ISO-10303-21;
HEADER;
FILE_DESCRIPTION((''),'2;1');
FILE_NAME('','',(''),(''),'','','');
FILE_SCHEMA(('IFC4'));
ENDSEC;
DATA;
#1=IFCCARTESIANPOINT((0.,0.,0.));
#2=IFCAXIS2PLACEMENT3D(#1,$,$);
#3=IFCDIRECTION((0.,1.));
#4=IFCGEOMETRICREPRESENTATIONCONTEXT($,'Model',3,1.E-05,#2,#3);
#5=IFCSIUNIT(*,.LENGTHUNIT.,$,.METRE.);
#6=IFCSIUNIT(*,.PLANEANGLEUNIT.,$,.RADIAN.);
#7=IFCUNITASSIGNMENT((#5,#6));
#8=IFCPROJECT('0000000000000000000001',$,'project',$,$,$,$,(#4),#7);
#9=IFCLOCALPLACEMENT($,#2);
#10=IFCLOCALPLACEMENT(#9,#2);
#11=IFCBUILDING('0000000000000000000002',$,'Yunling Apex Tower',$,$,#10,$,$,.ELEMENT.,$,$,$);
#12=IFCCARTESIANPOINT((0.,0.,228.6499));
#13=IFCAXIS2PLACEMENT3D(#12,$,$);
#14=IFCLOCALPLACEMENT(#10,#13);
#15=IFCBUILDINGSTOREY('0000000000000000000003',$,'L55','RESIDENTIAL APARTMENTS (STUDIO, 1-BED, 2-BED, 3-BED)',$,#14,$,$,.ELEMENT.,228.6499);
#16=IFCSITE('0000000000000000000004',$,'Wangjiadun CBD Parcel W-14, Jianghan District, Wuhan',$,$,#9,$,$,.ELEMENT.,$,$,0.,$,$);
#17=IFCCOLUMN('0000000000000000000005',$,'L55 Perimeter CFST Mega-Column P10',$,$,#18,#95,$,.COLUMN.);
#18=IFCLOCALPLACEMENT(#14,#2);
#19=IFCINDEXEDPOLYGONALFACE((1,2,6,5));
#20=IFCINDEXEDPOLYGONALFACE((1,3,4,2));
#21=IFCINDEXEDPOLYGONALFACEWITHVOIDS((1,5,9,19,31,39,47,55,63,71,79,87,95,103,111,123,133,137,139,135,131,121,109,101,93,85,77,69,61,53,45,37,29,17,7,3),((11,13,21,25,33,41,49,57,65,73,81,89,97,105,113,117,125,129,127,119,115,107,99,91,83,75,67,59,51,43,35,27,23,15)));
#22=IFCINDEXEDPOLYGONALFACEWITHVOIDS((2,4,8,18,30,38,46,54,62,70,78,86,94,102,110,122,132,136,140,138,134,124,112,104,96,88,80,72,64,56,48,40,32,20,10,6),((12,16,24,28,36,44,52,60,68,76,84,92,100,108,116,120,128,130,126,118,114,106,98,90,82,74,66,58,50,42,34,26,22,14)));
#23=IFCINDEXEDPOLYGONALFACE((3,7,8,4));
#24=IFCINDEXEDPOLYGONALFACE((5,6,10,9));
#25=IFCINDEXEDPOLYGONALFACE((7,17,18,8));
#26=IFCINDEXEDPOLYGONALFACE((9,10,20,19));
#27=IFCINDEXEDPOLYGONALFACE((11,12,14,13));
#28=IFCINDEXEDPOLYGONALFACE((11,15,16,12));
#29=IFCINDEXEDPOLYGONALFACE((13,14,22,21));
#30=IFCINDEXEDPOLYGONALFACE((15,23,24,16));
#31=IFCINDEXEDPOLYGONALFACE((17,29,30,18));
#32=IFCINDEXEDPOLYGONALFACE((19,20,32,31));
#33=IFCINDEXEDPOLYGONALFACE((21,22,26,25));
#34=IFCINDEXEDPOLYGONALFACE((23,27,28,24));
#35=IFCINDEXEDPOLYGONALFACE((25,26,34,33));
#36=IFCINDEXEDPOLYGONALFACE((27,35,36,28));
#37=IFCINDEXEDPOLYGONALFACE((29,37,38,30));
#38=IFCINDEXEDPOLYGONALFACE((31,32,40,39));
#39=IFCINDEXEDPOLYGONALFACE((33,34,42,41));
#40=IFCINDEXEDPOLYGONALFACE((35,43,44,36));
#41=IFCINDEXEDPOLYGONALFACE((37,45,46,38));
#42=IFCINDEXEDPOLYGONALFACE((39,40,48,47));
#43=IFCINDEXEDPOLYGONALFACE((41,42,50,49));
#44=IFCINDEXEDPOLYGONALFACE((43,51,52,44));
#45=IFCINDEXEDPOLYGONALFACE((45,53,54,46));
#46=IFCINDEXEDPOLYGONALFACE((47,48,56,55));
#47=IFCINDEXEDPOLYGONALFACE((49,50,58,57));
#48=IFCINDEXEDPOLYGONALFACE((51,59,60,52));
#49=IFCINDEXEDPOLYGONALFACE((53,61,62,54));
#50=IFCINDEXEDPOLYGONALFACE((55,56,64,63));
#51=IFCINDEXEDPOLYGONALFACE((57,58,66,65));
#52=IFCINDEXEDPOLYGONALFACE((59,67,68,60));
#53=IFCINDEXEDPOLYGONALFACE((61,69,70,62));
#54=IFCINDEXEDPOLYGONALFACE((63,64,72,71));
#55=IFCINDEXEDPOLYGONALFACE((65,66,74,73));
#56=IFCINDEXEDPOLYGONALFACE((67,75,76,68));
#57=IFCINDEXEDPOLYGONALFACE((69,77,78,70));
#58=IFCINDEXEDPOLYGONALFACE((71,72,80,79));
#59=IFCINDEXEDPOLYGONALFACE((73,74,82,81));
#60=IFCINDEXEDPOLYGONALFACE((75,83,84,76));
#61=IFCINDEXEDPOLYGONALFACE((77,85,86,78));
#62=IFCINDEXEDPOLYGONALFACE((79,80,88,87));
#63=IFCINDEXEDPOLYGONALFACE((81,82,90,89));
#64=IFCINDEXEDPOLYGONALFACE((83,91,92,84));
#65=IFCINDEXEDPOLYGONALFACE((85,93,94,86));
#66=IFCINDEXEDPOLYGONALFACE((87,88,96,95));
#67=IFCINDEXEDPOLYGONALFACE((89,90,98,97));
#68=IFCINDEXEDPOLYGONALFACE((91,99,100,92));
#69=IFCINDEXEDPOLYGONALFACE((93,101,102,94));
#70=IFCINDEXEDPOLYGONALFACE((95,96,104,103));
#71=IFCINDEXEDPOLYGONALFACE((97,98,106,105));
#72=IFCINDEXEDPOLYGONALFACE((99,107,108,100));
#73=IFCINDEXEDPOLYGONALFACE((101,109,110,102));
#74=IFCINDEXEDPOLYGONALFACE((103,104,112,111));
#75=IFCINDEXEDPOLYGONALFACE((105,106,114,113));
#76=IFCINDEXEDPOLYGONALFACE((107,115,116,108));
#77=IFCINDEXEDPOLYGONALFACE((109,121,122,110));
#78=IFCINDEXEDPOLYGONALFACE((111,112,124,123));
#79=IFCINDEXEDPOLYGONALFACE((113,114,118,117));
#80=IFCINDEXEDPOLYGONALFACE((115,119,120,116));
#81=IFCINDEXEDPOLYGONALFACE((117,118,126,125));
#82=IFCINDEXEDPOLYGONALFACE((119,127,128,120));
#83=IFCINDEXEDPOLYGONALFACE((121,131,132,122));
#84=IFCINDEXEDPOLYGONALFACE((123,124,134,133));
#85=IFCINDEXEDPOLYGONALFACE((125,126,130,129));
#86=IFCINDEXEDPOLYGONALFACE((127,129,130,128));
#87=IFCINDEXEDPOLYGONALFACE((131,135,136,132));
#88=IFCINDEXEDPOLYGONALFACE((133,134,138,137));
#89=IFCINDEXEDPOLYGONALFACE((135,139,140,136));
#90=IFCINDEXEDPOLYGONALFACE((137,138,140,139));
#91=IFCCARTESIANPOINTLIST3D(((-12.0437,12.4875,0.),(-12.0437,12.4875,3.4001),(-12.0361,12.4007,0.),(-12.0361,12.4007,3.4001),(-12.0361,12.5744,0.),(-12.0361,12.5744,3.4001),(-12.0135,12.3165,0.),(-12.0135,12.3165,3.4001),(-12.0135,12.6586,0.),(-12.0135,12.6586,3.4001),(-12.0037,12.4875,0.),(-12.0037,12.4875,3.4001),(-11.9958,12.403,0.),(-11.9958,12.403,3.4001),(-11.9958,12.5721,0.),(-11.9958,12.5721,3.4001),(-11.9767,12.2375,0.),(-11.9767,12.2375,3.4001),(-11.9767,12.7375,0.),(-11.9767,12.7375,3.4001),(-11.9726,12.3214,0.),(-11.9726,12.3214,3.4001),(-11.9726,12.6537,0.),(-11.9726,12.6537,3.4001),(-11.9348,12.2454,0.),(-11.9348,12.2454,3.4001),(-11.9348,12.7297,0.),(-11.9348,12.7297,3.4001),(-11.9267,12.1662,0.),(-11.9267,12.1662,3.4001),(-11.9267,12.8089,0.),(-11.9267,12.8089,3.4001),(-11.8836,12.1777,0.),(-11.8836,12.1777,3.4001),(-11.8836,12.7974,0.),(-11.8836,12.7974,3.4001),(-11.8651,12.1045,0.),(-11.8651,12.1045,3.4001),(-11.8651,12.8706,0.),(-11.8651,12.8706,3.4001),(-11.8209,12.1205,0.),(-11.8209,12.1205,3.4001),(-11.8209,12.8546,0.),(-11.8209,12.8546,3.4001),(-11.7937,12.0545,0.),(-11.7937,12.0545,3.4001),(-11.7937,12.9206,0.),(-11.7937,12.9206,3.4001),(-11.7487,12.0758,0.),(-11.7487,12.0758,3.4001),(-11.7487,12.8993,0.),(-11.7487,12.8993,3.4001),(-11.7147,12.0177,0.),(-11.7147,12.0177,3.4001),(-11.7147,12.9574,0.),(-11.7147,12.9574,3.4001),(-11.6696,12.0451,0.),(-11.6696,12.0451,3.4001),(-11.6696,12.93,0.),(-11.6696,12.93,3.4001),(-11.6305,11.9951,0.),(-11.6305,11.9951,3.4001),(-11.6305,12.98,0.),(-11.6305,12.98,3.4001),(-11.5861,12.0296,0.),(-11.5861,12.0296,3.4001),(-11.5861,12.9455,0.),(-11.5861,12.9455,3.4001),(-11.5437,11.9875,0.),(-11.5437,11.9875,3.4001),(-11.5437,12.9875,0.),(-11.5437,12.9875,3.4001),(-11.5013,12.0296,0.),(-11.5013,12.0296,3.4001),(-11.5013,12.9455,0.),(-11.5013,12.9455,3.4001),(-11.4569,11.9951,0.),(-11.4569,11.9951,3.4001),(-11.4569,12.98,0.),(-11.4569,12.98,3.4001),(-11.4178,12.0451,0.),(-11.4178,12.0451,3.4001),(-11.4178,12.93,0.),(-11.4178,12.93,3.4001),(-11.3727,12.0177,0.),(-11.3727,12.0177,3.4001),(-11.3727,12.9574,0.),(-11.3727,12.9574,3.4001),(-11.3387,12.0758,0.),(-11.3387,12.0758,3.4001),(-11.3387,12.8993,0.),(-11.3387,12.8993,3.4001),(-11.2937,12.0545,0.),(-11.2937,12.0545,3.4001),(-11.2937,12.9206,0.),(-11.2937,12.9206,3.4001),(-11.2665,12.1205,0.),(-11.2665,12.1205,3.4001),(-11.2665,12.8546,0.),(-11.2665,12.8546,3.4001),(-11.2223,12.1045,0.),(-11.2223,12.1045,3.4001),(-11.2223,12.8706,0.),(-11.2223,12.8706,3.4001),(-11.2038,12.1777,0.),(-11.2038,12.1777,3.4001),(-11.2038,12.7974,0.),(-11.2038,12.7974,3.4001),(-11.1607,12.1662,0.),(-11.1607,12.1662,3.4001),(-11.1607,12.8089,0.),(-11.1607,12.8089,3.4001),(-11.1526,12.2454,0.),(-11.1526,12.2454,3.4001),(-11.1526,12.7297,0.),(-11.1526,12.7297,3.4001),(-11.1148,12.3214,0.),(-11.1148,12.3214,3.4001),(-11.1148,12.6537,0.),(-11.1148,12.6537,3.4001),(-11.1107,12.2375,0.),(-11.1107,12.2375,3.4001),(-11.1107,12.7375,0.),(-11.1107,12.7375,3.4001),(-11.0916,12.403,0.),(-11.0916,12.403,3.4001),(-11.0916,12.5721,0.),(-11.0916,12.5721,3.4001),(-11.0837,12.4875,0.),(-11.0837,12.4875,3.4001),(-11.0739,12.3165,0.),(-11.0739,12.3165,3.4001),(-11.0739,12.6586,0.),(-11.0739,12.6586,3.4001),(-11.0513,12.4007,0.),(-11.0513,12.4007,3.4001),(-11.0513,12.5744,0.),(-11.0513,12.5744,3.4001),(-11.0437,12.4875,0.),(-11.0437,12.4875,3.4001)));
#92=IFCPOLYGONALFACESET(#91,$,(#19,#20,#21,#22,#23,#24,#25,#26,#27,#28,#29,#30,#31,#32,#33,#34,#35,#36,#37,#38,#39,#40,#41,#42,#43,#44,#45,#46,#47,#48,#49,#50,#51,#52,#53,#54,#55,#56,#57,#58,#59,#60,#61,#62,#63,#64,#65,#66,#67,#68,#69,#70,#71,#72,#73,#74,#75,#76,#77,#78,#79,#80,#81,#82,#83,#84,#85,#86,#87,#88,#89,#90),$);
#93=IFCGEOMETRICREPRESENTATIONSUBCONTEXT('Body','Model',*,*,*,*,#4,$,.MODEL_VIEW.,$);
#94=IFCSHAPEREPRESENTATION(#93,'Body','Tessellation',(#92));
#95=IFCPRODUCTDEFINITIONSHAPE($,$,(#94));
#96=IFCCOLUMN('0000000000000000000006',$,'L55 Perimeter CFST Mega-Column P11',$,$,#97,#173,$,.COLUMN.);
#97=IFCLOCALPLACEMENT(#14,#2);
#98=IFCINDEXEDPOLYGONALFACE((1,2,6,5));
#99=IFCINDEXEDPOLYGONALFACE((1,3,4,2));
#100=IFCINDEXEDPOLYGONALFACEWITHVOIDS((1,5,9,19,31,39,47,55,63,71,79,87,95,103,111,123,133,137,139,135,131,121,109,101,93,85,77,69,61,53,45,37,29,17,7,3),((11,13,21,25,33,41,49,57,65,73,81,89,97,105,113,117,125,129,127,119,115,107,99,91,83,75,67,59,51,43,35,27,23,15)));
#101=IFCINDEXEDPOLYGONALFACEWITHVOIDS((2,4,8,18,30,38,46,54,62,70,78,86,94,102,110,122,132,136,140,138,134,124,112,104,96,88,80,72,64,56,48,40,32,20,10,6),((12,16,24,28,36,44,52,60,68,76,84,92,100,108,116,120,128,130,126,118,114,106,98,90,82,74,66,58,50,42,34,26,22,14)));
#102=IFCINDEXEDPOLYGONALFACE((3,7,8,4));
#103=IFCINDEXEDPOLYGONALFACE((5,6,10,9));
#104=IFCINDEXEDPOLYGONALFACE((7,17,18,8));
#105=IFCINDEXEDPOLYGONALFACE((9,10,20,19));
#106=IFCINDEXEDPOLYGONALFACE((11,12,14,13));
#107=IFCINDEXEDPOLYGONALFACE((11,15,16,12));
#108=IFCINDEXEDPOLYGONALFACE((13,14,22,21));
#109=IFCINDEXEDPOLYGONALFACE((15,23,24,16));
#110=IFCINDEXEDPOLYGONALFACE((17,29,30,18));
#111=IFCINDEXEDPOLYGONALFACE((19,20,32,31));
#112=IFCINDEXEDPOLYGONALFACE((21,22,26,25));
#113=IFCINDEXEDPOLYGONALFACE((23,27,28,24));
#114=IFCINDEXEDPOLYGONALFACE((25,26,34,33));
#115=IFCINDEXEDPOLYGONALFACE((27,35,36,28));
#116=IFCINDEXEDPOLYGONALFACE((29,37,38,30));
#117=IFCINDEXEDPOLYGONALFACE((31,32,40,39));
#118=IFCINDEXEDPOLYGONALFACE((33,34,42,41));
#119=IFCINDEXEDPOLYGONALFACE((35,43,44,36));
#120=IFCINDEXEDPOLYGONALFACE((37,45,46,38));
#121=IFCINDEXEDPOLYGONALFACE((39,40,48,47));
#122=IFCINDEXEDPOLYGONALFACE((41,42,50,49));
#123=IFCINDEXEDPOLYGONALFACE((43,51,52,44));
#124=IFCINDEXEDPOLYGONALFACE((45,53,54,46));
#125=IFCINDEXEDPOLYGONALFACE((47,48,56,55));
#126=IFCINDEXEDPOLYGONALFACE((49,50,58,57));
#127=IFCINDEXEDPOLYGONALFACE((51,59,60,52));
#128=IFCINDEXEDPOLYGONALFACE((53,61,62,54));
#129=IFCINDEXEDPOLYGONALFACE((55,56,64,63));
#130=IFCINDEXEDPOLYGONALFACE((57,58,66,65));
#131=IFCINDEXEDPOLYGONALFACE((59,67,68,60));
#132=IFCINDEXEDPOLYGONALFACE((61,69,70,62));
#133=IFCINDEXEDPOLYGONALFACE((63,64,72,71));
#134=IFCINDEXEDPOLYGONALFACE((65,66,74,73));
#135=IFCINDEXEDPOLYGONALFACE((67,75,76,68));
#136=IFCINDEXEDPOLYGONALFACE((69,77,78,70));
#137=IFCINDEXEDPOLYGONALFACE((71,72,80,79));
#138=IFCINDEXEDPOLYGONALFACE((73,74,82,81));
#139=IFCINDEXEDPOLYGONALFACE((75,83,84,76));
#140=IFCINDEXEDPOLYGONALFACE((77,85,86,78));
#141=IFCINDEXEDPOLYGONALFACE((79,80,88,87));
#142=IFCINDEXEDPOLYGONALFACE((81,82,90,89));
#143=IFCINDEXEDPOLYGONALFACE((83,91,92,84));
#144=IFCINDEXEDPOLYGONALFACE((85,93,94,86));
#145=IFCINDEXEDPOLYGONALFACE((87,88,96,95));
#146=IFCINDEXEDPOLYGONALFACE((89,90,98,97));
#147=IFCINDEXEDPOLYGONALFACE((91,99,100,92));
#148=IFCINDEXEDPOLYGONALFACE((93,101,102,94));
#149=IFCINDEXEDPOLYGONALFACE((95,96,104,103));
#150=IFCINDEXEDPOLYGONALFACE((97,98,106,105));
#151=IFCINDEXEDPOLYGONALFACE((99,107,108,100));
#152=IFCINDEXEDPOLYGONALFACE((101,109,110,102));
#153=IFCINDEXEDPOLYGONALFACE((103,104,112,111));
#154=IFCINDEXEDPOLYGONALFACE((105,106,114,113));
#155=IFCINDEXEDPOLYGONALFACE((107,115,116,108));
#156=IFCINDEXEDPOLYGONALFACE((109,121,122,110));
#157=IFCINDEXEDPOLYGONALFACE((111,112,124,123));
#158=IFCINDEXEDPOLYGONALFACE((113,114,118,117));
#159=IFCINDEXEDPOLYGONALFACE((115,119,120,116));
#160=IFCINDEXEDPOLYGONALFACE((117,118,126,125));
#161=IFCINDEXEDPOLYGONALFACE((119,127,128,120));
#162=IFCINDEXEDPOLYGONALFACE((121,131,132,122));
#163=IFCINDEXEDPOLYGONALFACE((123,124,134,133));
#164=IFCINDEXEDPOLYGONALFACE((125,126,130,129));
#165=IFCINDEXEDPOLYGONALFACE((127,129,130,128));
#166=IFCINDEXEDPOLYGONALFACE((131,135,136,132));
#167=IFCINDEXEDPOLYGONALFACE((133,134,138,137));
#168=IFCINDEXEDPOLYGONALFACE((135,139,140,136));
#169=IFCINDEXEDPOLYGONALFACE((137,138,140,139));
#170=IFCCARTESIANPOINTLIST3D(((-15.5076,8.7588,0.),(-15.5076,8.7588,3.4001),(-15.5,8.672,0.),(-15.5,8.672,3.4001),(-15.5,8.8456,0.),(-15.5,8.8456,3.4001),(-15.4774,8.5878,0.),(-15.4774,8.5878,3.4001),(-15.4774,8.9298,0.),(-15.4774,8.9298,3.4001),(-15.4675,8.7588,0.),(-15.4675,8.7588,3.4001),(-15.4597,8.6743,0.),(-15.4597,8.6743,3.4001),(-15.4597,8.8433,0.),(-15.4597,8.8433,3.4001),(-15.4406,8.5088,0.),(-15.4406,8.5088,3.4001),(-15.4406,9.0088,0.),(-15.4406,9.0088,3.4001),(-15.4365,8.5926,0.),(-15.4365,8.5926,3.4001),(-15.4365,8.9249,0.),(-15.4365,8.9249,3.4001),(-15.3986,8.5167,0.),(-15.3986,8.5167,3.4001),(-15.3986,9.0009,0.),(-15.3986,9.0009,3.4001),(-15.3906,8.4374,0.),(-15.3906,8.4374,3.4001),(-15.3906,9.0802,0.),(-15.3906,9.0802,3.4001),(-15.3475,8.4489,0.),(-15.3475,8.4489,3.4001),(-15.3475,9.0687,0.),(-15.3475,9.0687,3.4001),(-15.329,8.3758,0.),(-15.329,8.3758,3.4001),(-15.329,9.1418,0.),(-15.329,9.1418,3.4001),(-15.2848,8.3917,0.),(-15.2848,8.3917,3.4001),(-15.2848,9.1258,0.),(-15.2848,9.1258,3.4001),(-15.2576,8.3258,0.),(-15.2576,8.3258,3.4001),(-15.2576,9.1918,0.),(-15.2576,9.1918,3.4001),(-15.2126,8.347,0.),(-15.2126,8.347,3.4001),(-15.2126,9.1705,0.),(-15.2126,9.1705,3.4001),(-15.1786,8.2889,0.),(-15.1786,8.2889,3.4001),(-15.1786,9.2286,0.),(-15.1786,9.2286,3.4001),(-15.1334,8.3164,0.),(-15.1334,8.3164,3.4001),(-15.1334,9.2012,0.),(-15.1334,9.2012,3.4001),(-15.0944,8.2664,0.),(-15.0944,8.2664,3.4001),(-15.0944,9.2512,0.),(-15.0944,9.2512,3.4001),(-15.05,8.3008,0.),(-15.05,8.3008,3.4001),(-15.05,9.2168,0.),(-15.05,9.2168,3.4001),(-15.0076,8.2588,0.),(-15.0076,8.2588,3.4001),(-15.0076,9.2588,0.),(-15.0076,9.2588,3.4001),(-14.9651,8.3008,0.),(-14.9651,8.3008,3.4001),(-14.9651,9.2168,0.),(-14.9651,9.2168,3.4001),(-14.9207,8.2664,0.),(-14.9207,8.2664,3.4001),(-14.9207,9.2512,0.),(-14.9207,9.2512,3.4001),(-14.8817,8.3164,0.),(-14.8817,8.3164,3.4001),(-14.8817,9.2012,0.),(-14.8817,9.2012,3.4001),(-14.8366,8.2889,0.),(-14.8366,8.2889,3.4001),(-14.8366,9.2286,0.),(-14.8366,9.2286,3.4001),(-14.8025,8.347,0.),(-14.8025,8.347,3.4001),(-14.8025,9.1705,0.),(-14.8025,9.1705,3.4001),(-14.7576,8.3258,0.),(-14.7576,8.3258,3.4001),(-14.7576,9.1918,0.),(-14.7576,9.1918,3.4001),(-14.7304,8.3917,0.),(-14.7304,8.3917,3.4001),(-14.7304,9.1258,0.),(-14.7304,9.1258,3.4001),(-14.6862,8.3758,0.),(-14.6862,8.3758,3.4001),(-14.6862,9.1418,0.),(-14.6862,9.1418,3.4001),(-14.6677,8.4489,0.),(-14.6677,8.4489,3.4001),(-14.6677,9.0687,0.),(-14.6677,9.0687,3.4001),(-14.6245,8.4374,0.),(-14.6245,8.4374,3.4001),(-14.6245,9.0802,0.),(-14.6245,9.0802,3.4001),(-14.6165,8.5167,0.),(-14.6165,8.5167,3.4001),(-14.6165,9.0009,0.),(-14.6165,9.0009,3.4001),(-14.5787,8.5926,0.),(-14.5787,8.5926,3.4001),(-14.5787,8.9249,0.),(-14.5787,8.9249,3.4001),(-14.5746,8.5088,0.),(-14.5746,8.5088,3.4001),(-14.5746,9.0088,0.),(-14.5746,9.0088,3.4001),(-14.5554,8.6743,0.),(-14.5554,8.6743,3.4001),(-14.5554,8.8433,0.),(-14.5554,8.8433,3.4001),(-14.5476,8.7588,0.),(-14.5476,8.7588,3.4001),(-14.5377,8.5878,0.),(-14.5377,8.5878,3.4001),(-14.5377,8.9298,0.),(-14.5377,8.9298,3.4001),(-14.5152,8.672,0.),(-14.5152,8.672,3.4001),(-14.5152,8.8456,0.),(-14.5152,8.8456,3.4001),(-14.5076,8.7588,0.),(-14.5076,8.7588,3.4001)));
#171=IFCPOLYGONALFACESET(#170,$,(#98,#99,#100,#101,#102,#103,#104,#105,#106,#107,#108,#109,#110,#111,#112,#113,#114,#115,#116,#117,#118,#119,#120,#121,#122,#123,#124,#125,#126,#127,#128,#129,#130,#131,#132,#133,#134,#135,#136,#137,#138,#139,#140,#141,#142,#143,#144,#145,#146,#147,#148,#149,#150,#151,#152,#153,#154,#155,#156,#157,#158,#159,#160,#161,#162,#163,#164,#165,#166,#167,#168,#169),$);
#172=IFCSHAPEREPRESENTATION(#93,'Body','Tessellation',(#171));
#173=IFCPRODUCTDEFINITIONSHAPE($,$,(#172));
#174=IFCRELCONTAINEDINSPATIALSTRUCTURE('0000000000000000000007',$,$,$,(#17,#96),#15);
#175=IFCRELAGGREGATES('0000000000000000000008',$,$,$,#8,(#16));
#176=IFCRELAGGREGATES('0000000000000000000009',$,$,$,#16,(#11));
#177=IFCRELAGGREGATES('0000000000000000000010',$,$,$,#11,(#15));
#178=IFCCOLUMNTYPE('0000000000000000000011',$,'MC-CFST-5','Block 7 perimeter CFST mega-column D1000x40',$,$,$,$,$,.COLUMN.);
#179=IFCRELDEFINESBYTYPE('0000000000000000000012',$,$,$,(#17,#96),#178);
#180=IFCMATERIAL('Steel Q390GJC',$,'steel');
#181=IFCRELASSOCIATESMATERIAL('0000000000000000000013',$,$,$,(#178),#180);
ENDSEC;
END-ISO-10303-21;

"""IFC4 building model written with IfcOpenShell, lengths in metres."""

from ifc_helpers import new_model, si_unit, direction, frame, origin, origin_2d, place, context, subcontext, project, spatial, hollow_circle, extrude, source, transform, mapped, material, material_profile, profile_set, type_object, element, save


model = new_model("IFC4")

# Units and contexts
model_context = context("Model", 3, precision=1e-05, world=origin(), true_north=direction((0.0, 1.0)))
body_context = subcontext(model_context, "Body", "Model", "MODEL_VIEW")
ifc_project = project(units=[si_unit("LENGTHUNIT", "METRE"), si_unit("PLANEANGLEUNIT", "RADIAN")], contexts=[model_context])

# Site, building, storey
site_placement = place(None, origin())
site = spatial("IfcSite", under=ifc_project, at=site_placement, Name="Wangjiadun CBD Parcel W-14, Jianghan District, Wuhan", CompositionType="ELEMENT", RefElevation=0.0)
building_placement = place(site_placement, origin())
building = spatial("IfcBuilding", under=site, at=building_placement, Name="Yunling Apex Tower", CompositionType="ELEMENT")
storey_placement = place(building_placement, frame((0.0, 0.0, 228.6499)))
storey = spatial("IfcBuildingStorey", under=building, at=storey_placement, Name="L55", Description="RESIDENTIAL APARTMENTS (STUDIO, 1-BED, 2-BED, 3-BED)", CompositionType="ELEMENT", Elevation=228.6499)

# Columns
ifc_material_1 = material(Name="Steel Q390GJC", Category="steel")
ifc_material_profile_1 = material_profile(ifc_material_1, hollow_circle(Radius=0.5, WallThickness=0.04, at=origin_2d()))
ifc_profile_set_1 = profile_set([ifc_material_profile_1], Name="Steel Q390GJC")
column_type = type_object("IfcColumnType", Name="MC-CFST-5", Description="Block 7 perimeter CFST mega-column D1000x40", PredefinedType="COLUMN", material=ifc_profile_set_1)
shared_shape_1 = source(origin(), body_context, "Body", "SweptSolid", [
    extrude(hollow_circle(Radius=0.5, WallThickness=0.04, at=origin_2d()), origin(), (0.0, 0.0, 1.0), 3.4001),
])
for number, where, z_axis, x_axis, name in (
    (1, (-11.5437, 12.4875, 0.0), (0.0, 0.0, 1.0), (1.0, 0.0, 0.0), "L55 Perimeter CFST Mega-Column P10"),
    (2, (-15.0076, 8.7588, 0.0), (0.0, 0.0, 1.0), (1.0, 0.0, 0.0), "L55 Perimeter CFST Mega-Column P11"),
):
    element("IfcColumn", number, at=place(storey_placement, frame(where, z_axis=z_axis, x_axis=x_axis)), inside=storey, type_object=column_type, Name=name, PredefinedType="COLUMN", context=body_context, shape_type="MappedRepresentation", body=[
        mapped(shared_shape_1, transform((0.0, 0.0, 0.0), scale=1.0)),
    ])

save(model, "model.ifc")
